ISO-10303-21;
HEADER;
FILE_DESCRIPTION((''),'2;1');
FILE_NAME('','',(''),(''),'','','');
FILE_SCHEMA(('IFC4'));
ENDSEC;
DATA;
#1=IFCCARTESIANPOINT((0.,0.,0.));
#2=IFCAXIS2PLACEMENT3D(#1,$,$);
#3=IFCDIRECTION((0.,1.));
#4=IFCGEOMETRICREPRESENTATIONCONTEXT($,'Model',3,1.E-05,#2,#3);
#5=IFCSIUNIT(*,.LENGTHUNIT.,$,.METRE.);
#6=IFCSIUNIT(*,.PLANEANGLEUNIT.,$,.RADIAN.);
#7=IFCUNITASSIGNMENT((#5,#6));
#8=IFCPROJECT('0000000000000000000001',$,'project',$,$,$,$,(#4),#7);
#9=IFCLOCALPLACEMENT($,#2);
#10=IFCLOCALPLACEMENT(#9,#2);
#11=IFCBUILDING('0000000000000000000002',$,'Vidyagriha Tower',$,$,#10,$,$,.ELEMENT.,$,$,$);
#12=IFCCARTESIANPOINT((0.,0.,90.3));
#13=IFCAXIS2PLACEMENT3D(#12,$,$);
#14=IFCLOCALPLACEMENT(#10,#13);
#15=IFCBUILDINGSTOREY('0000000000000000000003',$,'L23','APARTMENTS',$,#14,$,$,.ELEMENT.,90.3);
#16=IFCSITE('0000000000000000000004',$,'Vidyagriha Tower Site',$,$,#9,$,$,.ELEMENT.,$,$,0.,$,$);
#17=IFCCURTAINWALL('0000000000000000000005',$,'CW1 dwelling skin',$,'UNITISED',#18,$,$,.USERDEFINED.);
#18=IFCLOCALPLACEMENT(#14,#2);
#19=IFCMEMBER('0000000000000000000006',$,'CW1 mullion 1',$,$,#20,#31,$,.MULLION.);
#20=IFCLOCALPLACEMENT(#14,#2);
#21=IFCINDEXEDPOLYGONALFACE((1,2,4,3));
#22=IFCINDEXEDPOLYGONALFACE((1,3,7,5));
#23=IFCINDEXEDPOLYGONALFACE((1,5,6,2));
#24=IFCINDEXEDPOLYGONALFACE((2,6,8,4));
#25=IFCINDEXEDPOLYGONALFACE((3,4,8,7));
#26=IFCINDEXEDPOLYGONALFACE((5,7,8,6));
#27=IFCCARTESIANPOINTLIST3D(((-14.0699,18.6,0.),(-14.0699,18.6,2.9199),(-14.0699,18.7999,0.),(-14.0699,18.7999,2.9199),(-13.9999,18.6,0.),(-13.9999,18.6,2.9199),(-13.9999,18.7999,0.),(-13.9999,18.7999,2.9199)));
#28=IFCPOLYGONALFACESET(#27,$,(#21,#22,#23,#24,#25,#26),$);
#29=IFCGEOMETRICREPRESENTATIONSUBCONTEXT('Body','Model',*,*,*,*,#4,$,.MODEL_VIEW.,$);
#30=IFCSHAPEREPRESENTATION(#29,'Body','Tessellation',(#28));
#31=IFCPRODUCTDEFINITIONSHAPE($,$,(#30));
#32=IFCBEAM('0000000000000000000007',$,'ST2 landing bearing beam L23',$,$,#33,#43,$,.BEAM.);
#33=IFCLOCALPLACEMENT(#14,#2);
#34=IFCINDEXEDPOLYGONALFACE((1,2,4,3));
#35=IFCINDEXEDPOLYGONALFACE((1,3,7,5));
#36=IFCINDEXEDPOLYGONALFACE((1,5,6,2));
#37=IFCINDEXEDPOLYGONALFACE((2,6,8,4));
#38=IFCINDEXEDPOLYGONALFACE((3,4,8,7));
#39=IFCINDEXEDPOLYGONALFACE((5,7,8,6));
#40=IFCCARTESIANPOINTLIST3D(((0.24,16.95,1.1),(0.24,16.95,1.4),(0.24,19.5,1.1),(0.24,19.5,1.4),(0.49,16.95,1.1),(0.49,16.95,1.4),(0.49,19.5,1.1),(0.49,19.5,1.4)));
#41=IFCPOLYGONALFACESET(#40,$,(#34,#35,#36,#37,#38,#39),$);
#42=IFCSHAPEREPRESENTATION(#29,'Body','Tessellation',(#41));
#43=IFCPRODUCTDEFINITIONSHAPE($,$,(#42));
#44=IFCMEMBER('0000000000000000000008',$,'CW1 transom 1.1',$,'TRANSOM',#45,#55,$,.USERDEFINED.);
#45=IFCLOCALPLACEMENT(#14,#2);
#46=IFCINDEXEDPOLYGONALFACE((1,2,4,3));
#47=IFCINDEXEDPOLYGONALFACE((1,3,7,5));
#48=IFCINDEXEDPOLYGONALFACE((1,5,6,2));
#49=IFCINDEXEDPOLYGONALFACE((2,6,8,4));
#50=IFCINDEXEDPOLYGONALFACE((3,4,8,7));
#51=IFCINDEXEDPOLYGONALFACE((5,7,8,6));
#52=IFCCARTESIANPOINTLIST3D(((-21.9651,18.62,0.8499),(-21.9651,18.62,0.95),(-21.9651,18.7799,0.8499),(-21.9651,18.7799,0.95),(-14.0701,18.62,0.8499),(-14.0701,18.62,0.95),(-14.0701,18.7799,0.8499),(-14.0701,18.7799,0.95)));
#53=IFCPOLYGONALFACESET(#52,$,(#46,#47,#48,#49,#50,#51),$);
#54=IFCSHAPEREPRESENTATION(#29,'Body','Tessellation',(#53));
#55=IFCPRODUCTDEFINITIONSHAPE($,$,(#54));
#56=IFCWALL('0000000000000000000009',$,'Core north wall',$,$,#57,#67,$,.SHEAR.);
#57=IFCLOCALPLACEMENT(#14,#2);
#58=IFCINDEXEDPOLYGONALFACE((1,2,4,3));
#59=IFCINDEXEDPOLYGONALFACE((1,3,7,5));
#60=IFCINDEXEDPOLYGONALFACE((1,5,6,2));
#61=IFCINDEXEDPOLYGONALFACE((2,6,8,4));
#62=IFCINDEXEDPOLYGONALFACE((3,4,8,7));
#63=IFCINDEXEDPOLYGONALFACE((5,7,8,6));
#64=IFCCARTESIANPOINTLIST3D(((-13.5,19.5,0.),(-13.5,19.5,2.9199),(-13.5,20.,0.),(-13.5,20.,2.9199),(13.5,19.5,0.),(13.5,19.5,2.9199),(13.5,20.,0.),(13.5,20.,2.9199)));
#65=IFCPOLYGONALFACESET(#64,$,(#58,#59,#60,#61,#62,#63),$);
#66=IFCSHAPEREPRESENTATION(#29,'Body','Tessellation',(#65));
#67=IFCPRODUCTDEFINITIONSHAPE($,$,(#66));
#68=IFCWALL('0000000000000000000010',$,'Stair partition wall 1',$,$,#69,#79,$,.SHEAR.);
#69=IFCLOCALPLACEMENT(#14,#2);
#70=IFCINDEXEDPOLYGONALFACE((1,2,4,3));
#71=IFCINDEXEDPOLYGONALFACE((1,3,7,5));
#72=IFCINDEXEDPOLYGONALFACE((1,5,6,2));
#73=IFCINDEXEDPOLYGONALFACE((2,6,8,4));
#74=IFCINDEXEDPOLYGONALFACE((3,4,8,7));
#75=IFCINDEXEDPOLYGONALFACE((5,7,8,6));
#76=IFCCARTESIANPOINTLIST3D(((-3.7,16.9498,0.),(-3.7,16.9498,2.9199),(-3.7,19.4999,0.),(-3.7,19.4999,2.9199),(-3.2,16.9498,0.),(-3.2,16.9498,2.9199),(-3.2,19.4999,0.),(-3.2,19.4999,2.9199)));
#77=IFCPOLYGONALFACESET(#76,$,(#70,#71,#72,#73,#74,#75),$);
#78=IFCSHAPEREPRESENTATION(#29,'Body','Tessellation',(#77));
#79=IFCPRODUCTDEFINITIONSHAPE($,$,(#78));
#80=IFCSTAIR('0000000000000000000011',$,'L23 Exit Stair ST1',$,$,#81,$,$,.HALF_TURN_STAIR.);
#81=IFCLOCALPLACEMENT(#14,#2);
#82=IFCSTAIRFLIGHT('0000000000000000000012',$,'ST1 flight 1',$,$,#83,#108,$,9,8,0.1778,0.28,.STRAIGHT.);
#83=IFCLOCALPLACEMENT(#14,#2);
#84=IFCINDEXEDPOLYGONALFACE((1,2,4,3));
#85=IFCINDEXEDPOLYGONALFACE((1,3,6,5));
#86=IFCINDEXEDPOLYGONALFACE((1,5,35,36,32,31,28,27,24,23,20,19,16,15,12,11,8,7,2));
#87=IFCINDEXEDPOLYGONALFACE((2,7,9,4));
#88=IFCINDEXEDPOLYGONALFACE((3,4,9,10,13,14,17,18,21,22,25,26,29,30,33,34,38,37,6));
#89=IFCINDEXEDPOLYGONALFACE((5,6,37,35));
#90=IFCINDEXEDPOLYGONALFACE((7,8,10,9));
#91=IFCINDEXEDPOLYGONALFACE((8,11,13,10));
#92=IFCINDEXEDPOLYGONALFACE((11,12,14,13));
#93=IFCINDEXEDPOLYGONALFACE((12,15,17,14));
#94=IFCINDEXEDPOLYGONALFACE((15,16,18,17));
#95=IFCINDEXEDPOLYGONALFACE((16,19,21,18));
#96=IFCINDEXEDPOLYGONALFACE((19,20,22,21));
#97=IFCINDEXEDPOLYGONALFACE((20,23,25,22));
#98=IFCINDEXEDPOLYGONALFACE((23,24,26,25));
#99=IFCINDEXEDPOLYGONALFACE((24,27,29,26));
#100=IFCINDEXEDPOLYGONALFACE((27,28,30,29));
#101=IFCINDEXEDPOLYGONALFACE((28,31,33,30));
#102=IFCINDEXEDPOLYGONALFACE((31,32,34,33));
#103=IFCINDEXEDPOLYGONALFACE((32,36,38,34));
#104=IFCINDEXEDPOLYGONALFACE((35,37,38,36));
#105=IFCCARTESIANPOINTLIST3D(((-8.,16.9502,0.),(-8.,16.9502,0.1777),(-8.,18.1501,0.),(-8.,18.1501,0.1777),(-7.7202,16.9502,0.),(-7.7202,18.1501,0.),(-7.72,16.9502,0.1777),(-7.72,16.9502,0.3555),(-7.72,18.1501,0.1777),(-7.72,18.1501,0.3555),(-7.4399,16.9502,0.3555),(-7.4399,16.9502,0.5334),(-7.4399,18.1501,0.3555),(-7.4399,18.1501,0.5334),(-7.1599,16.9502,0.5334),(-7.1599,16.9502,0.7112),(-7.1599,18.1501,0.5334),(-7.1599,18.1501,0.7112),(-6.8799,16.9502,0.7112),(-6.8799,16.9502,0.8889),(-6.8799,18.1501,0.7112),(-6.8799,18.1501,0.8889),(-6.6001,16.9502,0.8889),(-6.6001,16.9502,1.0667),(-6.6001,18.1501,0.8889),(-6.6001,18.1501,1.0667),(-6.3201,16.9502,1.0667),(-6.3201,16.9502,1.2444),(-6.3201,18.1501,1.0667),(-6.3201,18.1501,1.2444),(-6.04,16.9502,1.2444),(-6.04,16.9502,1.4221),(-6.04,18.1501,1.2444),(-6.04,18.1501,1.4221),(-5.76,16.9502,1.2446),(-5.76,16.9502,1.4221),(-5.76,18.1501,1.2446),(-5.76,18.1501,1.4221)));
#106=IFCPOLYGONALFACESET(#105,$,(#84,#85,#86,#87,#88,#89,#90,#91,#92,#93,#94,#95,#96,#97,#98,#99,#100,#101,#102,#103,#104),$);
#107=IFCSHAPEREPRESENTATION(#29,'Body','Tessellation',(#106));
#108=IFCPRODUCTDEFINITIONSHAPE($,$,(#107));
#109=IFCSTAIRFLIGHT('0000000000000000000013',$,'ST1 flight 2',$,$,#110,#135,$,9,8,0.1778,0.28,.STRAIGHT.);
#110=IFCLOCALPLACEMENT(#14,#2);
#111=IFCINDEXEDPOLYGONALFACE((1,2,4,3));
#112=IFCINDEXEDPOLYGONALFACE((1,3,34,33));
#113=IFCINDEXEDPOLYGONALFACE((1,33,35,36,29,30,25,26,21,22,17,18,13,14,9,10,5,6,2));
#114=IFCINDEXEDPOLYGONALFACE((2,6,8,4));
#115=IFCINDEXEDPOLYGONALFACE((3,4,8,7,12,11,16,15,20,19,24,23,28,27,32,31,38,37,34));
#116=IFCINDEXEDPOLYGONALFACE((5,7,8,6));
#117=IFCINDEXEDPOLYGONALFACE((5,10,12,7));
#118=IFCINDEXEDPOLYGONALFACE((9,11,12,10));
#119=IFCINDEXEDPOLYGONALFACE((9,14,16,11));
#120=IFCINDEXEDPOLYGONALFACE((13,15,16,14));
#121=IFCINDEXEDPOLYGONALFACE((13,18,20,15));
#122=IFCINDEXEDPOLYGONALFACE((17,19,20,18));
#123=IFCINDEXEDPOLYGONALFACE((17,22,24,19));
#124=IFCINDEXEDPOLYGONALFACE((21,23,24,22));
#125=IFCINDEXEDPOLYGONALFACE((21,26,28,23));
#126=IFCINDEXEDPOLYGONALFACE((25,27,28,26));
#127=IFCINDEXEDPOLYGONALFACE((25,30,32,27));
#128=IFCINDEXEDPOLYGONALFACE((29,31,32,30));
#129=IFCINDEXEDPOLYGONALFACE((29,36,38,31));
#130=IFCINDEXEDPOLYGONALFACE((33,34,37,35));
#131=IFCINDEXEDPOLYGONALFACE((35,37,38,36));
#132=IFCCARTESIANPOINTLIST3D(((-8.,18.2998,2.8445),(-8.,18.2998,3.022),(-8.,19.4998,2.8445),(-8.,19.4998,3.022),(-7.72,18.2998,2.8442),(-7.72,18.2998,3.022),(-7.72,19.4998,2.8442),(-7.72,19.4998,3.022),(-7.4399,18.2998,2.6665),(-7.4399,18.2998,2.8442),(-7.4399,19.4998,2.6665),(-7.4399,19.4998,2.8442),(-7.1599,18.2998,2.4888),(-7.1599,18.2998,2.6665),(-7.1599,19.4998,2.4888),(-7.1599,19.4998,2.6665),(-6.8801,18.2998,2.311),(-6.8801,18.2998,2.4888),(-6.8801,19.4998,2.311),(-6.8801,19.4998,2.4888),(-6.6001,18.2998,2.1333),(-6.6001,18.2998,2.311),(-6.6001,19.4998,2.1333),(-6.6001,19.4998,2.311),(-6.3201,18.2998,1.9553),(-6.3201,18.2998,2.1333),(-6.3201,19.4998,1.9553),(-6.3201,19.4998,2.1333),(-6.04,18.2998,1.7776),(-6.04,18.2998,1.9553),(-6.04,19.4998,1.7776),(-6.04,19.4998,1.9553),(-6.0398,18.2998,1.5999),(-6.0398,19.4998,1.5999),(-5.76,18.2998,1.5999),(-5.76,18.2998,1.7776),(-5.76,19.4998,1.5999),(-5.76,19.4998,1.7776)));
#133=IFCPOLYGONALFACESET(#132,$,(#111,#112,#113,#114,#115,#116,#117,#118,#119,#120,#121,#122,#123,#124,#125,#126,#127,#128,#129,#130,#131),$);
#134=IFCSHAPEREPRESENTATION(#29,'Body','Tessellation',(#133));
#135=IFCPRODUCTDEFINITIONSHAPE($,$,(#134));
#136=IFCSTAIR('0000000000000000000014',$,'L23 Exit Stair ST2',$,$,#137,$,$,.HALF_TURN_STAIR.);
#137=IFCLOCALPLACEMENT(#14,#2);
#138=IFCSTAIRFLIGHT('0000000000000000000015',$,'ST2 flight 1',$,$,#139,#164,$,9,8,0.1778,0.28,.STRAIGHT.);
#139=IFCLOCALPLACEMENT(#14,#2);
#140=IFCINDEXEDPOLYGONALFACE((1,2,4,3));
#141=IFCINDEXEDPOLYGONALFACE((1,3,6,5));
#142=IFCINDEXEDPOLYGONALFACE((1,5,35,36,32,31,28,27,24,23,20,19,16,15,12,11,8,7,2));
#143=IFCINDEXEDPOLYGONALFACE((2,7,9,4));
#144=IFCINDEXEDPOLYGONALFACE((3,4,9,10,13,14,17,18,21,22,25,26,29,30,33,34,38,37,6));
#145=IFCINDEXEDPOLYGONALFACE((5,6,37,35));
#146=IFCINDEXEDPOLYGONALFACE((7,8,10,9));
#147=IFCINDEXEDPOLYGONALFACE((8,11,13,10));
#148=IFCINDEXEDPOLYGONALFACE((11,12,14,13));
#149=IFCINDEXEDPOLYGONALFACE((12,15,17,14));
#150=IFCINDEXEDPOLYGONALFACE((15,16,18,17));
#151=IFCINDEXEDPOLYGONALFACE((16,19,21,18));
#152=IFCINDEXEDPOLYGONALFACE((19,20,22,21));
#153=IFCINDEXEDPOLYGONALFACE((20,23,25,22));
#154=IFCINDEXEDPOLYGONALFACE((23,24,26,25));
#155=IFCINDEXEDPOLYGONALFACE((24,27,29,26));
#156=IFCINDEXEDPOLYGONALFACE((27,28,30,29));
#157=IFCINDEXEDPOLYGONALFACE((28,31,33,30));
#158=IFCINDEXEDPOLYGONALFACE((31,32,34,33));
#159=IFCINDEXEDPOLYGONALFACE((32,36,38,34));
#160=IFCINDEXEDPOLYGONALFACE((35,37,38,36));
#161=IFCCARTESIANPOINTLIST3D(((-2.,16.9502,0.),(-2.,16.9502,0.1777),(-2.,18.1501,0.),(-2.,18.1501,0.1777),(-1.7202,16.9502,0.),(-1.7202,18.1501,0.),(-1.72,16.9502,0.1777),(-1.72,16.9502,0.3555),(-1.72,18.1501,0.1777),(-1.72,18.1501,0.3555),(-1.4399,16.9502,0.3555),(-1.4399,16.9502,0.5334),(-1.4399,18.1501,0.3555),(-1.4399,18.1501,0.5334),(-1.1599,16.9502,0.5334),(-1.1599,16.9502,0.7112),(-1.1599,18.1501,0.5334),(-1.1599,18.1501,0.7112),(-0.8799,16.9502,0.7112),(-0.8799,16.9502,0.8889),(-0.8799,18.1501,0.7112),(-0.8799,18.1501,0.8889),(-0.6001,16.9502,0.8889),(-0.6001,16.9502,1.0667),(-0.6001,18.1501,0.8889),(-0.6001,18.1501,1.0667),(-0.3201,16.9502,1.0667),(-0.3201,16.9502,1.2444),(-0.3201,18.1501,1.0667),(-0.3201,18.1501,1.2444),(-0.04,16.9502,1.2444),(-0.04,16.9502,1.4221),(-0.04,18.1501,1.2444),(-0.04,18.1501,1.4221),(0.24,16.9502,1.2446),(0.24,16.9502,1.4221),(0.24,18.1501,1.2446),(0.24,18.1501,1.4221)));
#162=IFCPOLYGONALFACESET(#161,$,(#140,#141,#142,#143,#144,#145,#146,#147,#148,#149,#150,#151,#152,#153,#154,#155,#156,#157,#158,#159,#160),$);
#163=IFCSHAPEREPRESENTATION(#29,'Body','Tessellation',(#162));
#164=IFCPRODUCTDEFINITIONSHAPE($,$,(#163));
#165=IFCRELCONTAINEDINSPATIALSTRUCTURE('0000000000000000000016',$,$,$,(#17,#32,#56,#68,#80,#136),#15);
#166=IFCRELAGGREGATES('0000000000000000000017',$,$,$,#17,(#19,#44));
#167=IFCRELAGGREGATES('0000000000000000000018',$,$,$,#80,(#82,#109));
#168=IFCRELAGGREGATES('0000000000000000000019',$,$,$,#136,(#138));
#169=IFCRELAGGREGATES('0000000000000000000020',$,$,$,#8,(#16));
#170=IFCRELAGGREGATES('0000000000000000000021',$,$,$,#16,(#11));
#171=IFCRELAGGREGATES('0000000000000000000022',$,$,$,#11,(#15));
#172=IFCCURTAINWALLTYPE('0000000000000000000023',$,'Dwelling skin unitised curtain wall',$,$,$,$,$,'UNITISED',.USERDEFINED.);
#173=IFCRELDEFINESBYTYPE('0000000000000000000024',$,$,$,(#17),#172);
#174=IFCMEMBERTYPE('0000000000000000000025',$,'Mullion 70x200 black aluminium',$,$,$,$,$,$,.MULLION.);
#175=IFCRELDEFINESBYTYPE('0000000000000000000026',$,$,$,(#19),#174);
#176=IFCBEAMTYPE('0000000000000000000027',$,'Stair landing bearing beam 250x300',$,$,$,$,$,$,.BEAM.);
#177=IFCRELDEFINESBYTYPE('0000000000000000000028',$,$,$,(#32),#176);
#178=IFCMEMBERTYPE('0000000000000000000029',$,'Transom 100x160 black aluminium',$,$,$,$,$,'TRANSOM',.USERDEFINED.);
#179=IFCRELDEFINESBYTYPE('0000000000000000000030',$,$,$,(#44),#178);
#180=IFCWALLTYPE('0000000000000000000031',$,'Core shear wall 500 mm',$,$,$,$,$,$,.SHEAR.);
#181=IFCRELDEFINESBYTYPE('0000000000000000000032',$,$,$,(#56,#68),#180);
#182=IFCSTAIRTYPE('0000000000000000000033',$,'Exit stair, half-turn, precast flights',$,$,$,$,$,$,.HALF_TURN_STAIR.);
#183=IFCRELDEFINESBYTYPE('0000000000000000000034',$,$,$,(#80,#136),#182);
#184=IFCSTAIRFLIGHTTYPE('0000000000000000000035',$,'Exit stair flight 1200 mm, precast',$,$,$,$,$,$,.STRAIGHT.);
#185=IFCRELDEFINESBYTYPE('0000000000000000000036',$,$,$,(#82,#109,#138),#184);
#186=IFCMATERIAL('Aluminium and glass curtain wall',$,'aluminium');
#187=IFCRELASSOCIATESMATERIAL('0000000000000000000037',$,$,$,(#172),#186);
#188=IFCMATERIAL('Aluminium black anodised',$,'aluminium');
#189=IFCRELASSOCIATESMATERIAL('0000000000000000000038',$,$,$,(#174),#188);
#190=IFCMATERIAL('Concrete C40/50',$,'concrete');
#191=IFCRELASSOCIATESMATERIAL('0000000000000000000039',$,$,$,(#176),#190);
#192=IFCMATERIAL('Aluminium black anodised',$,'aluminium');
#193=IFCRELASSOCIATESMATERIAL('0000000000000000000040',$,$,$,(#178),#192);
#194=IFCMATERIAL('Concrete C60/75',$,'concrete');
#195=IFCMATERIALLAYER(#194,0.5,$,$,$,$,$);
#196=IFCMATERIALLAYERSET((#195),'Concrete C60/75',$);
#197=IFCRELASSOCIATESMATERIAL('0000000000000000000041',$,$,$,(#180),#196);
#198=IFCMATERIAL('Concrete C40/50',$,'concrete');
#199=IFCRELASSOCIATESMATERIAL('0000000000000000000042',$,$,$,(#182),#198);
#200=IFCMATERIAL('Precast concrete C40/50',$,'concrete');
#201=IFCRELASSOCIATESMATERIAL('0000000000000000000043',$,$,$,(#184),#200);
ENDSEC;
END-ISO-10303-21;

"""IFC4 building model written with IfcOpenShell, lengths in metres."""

from ifc_helpers import new_model, si_unit, direction, frame, frame_2d, origin, origin_2d, place, context, subcontext, project, spatial, polyline, rectangle, outline, extrude, material, layer, layer_set, material_profile, profile_set, type_object, element, aggregate, save


model = new_model("IFC4")

# Units and contexts
model_context = context("Model", 3, precision=1e-05, world=origin(), true_north=direction((0.0, 1.0)))
body_context = subcontext(model_context, "Body", "Model", "MODEL_VIEW")
ifc_project = project(units=[si_unit("LENGTHUNIT", "METRE"), si_unit("PLANEANGLEUNIT", "RADIAN")], contexts=[model_context])

# Site, building, storey
site_placement = place(None, origin())
site = spatial("IfcSite", under=ifc_project, at=site_placement, Name="Vidyagriha Tower Site", CompositionType="ELEMENT", RefElevation=0.0)
building_placement = place(site_placement, origin())
building = spatial("IfcBuilding", under=site, at=building_placement, Name="Vidyagriha Tower", CompositionType="ELEMENT")
storey_placement = place(building_placement, frame((0.0, 0.0, 90.3)))
storey = spatial("IfcBuildingStorey", under=building, at=storey_placement, Name="L23", Description="APARTMENTS", CompositionType="ELEMENT", Elevation=90.3)

# Curtain wall, member
ifc_material_1 = material(Name="Aluminium and glass curtain wall", Category="aluminium")
curtain_wall_type = type_object("IfcCurtainWallType", Name="Dwelling skin unitised curtain wall", ElementType="UNITISED", PredefinedType="USERDEFINED", material=ifc_material_1)
curtain_wall_placement = place(storey_placement, origin())
curtain_wall = element("IfcCurtainWall", 1, at=curtain_wall_placement, inside=storey, type_object=curtain_wall_type, Name="CW1 dwelling skin", ObjectType="UNITISED", PredefinedType="USERDEFINED")
ifc_material_2 = material(Name="Aluminium black anodised", Category="aluminium")
ifc_material_profile_1 = material_profile(ifc_material_2, rectangle(XDim=0.2, YDim=0.0701, at=origin_2d()), Name="Mullion 70x200 black aluminium")
ifc_profile_set_1 = profile_set([ifc_material_profile_1], Name="Aluminium black anodised")
member_type_1 = type_object("IfcMemberType", Name="Mullion 70x200 black aluminium", PredefinedType="MULLION", material=ifc_profile_set_1)
member_1_placement = place(storey_placement, frame((-14.0349, 18.7, 0.0), z_axis=(0.0, 0.0, 1.0), x_axis=(0.0, -1.0, 0.0)))
member_1 = element("IfcMember", 2, at=member_1_placement, type_object=member_type_1, Name="CW1 mullion 1", PredefinedType="MULLION", context=body_context, shape_type="SweptSolid", body=[
    extrude(rectangle(XDim=0.2, YDim=0.0701, at=origin_2d()), origin(), (0.0, 0.0, 1.0), 2.9199),
])

# Beam
ifc_material_3 = material(Name="Concrete C40/50", Category="concrete")
ifc_material_profile_2 = material_profile(ifc_material_3, rectangle(XDim=0.25, YDim=0.3, at=origin_2d()), Name="Stair landing bearing beam 250x300")
ifc_profile_set_2 = profile_set([ifc_material_profile_2], Name="Concrete C40/50")
beam_type = type_object("IfcBeamType", Name="Stair landing bearing beam 250x300", PredefinedType="BEAM", material=ifc_profile_set_2)
beam_placement = place(storey_placement, frame((0.365, 16.95, 1.25), z_axis=(0.0, 1.0, 0.0), x_axis=(-1.0, 0.0, 0.0)))
element("IfcBeam", 3, at=beam_placement, inside=storey, type_object=beam_type, Name="ST2 landing bearing beam L23", PredefinedType="BEAM", context=body_context, shape_type="SweptSolid", body=[
    extrude(rectangle(XDim=0.25, YDim=0.3, at=origin_2d()), origin(), (0.0, 0.0, 1.0), 2.55),
])

# Member
ifc_material_4 = material(Name="Aluminium black anodised", Category="aluminium")
ifc_material_profile_3 = material_profile(ifc_material_4, rectangle(XDim=0.1599, YDim=0.1001, at=origin_2d()), Name="Transom 100x160 black aluminium")
ifc_profile_set_3 = profile_set([ifc_material_profile_3], Name="Aluminium black anodised")
member_type_2 = type_object("IfcMemberType", Name="Transom 100x160 black aluminium", ElementType="TRANSOM", PredefinedType="USERDEFINED", material=ifc_profile_set_3)
member_2_placement = place(storey_placement, frame((-14.0701, 18.7, 0.8999), z_axis=(-1.0, 0.0, 0.0), x_axis=(0.0, -1.0, 0.0)))
member_2 = element("IfcMember", 4, at=member_2_placement, type_object=member_type_2, Name="CW1 transom 1.1", ObjectType="TRANSOM", PredefinedType="USERDEFINED", context=body_context, shape_type="SweptSolid", body=[
    extrude(rectangle(XDim=0.1599, YDim=0.1001, at=origin_2d()), origin(), (0.0, 0.0, 1.0), 7.895),
])
aggregate(curtain_wall, [member_1, member_2])

# Walls
ifc_material_5 = material(Name="Concrete C60/75", Category="concrete")
ifc_layer_1 = layer(ifc_material_5, 0.5)
ifc_layer_set_1 = layer_set([ifc_layer_1], Name="Concrete C60/75")
wall_type = type_object("IfcWallType", Name="Core shear wall 500 mm", PredefinedType="SHEAR", material=ifc_layer_set_1)
wall_1_placement = place(storey_placement, frame((-13.5, 19.75, 0.0)))
element("IfcWall", 5, at=wall_1_placement, inside=storey, type_object=wall_type, Name="Core north wall", PredefinedType="SHEAR", context=body_context, shape_type="SweptSolid", body=[
    extrude(rectangle(XDim=27.0, YDim=0.5, at=frame_2d((13.5, 0.0))), origin(), (0.0, 0.0, 1.0), 2.9199),
])
wall_2_placement = place(storey_placement, frame((-3.45, 16.95, 0.0), z_axis=(0.0, 0.0, 1.0), x_axis=(0.0, 1.0, 0.0)))
element("IfcWall", 6, at=wall_2_placement, inside=storey, type_object=wall_type, Name="Stair partition wall 1", PredefinedType="SHEAR", context=body_context, shape_type="SweptSolid", body=[
    extrude(rectangle(XDim=2.55, YDim=0.5, at=frame_2d((1.2749, 0.0))), origin(), (0.0, 0.0, 1.0), 2.9199),
])

# Stairs, stair flights
ifc_material_6 = material(Name="Concrete C40/50", Category="concrete")
stair_type = type_object("IfcStairType", Name="Exit stair, half-turn, precast flights", PredefinedType="HALF_TURN_STAIR", material=ifc_material_6)
stair_1_placement = place(storey_placement, origin())
stair_1 = element("IfcStair", 7, at=stair_1_placement, inside=storey, type_object=stair_type, Name="L23 Exit Stair ST1", PredefinedType="HALF_TURN_STAIR")
ifc_material_7 = material(Name="Precast concrete C40/50", Category="concrete")
stair_flight_type = type_object("IfcStairFlightType", Name="Exit stair flight 1200 mm, precast", PredefinedType="STRAIGHT", material=ifc_material_7)
stair_flight_1_placement = place(storey_placement, frame((-8.0, 17.55, 0.0)))
stair_flight_1 = element("IfcStairFlight", 8, at=stair_flight_1_placement, type_object=stair_flight_type, Name="ST1 flight 1", NumberOfRisers=9, NumberOfTreads=8, PredefinedType="STRAIGHT", RiserHeight=0.1778, TreadLength=0.28, context=body_context, shape_type="SweptSolid", body=[
    extrude(outline(polyline([(0.0, 0.0), (0.0, 0.1777), (0.28, 0.1777), (0.28, 0.3555), (0.5601, 0.3555), (0.5601, 0.5334), (0.8401, 0.5334), (0.8401, 0.7112), (1.1201, 0.7112), (1.1201, 0.8889), (1.3999, 0.8889), (1.3999, 1.0667), (1.6799, 1.0667), (1.6799, 1.2444), (1.96, 1.2444), (1.96, 1.4221), (2.24, 1.4221), (2.24, 1.6001), (2.24, 1.2446), (0.2798, 0.0), (0.0, 0.0)])), frame((0.0, 0.6001, 0.0), z_axis=(0.0, -1.0, 0.0), x_axis=(1.0, 0.0, 0.0)), (0.0, 0.0, 1.0), 1.2),
])
stair_flight_2_placement = place(storey_placement, frame((-5.76, 18.8999, 1.5999), z_axis=(0.0, 0.0, 1.0), x_axis=(-1.0, 0.0, 0.0)))
stair_flight_2 = element("IfcStairFlight", 9, at=stair_flight_2_placement, type_object=stair_flight_type, Name="ST1 flight 2", NumberOfRisers=9, NumberOfTreads=8, PredefinedType="STRAIGHT", RiserHeight=0.1778, TreadLength=0.28, context=body_context, shape_type="SweptSolid", body=[
    extrude(outline(polyline([(0.0, 0.0), (0.0, 0.1777), (0.28, 0.1777), (0.28, 0.3555), (0.5601, 0.3555), (0.5601, 0.5334), (0.8401, 0.5334), (0.8401, 0.7112), (1.1201, 0.7112), (1.1201, 0.8889), (1.3999, 0.8889), (1.3999, 1.0667), (1.6799, 1.0667), (1.6799, 1.2444), (1.96, 1.2444), (1.96, 1.4221), (2.24, 1.4221), (2.24, 1.6001), (2.24, 1.2446), (0.2798, 0.0), (0.0, 0.0)])), frame((0.0, 0.6001, 0.0), z_axis=(0.0, -1.0, 0.0), x_axis=(1.0, 0.0, 0.0)), (0.0, 0.0, 1.0), 1.2),
])
aggregate(stair_1, [stair_flight_1, stair_flight_2])
stair_2_placement = place(storey_placement, origin())
stair_2 = element("IfcStair", 10, at=stair_2_placement, inside=storey, type_object=stair_type, Name="L23 Exit Stair ST2", PredefinedType="HALF_TURN_STAIR")
stair_flight_3_placement = place(storey_placement, frame((-2.0, 17.55, 0.0)))
stair_flight_3 = element("IfcStairFlight", 11, at=stair_flight_3_placement, type_object=stair_flight_type, Name="ST2 flight 1", NumberOfRisers=9, NumberOfTreads=8, PredefinedType="STRAIGHT", RiserHeight=0.1778, TreadLength=0.28, context=body_context, shape_type="SweptSolid", body=[
    extrude(outline(polyline([(0.0, 0.0), (0.0, 0.1777), (0.28, 0.1777), (0.28, 0.3555), (0.5601, 0.3555), (0.5601, 0.5334), (0.8401, 0.5334), (0.8401, 0.7112), (1.1201, 0.7112), (1.1201, 0.8889), (1.3999, 0.8889), (1.3999, 1.0667), (1.6799, 1.0667), (1.6799, 1.2444), (1.96, 1.2444), (1.96, 1.4221), (2.24, 1.4221), (2.24, 1.6001), (2.24, 1.2446), (0.2798, 0.0), (0.0, 0.0)])), frame((0.0, 0.6001, 0.0), z_axis=(0.0, -1.0, 0.0), x_axis=(1.0, 0.0, 0.0)), (0.0, 0.0, 1.0), 1.2),
])
aggregate(stair_2, [stair_flight_3])

save(model, "model.ifc")
